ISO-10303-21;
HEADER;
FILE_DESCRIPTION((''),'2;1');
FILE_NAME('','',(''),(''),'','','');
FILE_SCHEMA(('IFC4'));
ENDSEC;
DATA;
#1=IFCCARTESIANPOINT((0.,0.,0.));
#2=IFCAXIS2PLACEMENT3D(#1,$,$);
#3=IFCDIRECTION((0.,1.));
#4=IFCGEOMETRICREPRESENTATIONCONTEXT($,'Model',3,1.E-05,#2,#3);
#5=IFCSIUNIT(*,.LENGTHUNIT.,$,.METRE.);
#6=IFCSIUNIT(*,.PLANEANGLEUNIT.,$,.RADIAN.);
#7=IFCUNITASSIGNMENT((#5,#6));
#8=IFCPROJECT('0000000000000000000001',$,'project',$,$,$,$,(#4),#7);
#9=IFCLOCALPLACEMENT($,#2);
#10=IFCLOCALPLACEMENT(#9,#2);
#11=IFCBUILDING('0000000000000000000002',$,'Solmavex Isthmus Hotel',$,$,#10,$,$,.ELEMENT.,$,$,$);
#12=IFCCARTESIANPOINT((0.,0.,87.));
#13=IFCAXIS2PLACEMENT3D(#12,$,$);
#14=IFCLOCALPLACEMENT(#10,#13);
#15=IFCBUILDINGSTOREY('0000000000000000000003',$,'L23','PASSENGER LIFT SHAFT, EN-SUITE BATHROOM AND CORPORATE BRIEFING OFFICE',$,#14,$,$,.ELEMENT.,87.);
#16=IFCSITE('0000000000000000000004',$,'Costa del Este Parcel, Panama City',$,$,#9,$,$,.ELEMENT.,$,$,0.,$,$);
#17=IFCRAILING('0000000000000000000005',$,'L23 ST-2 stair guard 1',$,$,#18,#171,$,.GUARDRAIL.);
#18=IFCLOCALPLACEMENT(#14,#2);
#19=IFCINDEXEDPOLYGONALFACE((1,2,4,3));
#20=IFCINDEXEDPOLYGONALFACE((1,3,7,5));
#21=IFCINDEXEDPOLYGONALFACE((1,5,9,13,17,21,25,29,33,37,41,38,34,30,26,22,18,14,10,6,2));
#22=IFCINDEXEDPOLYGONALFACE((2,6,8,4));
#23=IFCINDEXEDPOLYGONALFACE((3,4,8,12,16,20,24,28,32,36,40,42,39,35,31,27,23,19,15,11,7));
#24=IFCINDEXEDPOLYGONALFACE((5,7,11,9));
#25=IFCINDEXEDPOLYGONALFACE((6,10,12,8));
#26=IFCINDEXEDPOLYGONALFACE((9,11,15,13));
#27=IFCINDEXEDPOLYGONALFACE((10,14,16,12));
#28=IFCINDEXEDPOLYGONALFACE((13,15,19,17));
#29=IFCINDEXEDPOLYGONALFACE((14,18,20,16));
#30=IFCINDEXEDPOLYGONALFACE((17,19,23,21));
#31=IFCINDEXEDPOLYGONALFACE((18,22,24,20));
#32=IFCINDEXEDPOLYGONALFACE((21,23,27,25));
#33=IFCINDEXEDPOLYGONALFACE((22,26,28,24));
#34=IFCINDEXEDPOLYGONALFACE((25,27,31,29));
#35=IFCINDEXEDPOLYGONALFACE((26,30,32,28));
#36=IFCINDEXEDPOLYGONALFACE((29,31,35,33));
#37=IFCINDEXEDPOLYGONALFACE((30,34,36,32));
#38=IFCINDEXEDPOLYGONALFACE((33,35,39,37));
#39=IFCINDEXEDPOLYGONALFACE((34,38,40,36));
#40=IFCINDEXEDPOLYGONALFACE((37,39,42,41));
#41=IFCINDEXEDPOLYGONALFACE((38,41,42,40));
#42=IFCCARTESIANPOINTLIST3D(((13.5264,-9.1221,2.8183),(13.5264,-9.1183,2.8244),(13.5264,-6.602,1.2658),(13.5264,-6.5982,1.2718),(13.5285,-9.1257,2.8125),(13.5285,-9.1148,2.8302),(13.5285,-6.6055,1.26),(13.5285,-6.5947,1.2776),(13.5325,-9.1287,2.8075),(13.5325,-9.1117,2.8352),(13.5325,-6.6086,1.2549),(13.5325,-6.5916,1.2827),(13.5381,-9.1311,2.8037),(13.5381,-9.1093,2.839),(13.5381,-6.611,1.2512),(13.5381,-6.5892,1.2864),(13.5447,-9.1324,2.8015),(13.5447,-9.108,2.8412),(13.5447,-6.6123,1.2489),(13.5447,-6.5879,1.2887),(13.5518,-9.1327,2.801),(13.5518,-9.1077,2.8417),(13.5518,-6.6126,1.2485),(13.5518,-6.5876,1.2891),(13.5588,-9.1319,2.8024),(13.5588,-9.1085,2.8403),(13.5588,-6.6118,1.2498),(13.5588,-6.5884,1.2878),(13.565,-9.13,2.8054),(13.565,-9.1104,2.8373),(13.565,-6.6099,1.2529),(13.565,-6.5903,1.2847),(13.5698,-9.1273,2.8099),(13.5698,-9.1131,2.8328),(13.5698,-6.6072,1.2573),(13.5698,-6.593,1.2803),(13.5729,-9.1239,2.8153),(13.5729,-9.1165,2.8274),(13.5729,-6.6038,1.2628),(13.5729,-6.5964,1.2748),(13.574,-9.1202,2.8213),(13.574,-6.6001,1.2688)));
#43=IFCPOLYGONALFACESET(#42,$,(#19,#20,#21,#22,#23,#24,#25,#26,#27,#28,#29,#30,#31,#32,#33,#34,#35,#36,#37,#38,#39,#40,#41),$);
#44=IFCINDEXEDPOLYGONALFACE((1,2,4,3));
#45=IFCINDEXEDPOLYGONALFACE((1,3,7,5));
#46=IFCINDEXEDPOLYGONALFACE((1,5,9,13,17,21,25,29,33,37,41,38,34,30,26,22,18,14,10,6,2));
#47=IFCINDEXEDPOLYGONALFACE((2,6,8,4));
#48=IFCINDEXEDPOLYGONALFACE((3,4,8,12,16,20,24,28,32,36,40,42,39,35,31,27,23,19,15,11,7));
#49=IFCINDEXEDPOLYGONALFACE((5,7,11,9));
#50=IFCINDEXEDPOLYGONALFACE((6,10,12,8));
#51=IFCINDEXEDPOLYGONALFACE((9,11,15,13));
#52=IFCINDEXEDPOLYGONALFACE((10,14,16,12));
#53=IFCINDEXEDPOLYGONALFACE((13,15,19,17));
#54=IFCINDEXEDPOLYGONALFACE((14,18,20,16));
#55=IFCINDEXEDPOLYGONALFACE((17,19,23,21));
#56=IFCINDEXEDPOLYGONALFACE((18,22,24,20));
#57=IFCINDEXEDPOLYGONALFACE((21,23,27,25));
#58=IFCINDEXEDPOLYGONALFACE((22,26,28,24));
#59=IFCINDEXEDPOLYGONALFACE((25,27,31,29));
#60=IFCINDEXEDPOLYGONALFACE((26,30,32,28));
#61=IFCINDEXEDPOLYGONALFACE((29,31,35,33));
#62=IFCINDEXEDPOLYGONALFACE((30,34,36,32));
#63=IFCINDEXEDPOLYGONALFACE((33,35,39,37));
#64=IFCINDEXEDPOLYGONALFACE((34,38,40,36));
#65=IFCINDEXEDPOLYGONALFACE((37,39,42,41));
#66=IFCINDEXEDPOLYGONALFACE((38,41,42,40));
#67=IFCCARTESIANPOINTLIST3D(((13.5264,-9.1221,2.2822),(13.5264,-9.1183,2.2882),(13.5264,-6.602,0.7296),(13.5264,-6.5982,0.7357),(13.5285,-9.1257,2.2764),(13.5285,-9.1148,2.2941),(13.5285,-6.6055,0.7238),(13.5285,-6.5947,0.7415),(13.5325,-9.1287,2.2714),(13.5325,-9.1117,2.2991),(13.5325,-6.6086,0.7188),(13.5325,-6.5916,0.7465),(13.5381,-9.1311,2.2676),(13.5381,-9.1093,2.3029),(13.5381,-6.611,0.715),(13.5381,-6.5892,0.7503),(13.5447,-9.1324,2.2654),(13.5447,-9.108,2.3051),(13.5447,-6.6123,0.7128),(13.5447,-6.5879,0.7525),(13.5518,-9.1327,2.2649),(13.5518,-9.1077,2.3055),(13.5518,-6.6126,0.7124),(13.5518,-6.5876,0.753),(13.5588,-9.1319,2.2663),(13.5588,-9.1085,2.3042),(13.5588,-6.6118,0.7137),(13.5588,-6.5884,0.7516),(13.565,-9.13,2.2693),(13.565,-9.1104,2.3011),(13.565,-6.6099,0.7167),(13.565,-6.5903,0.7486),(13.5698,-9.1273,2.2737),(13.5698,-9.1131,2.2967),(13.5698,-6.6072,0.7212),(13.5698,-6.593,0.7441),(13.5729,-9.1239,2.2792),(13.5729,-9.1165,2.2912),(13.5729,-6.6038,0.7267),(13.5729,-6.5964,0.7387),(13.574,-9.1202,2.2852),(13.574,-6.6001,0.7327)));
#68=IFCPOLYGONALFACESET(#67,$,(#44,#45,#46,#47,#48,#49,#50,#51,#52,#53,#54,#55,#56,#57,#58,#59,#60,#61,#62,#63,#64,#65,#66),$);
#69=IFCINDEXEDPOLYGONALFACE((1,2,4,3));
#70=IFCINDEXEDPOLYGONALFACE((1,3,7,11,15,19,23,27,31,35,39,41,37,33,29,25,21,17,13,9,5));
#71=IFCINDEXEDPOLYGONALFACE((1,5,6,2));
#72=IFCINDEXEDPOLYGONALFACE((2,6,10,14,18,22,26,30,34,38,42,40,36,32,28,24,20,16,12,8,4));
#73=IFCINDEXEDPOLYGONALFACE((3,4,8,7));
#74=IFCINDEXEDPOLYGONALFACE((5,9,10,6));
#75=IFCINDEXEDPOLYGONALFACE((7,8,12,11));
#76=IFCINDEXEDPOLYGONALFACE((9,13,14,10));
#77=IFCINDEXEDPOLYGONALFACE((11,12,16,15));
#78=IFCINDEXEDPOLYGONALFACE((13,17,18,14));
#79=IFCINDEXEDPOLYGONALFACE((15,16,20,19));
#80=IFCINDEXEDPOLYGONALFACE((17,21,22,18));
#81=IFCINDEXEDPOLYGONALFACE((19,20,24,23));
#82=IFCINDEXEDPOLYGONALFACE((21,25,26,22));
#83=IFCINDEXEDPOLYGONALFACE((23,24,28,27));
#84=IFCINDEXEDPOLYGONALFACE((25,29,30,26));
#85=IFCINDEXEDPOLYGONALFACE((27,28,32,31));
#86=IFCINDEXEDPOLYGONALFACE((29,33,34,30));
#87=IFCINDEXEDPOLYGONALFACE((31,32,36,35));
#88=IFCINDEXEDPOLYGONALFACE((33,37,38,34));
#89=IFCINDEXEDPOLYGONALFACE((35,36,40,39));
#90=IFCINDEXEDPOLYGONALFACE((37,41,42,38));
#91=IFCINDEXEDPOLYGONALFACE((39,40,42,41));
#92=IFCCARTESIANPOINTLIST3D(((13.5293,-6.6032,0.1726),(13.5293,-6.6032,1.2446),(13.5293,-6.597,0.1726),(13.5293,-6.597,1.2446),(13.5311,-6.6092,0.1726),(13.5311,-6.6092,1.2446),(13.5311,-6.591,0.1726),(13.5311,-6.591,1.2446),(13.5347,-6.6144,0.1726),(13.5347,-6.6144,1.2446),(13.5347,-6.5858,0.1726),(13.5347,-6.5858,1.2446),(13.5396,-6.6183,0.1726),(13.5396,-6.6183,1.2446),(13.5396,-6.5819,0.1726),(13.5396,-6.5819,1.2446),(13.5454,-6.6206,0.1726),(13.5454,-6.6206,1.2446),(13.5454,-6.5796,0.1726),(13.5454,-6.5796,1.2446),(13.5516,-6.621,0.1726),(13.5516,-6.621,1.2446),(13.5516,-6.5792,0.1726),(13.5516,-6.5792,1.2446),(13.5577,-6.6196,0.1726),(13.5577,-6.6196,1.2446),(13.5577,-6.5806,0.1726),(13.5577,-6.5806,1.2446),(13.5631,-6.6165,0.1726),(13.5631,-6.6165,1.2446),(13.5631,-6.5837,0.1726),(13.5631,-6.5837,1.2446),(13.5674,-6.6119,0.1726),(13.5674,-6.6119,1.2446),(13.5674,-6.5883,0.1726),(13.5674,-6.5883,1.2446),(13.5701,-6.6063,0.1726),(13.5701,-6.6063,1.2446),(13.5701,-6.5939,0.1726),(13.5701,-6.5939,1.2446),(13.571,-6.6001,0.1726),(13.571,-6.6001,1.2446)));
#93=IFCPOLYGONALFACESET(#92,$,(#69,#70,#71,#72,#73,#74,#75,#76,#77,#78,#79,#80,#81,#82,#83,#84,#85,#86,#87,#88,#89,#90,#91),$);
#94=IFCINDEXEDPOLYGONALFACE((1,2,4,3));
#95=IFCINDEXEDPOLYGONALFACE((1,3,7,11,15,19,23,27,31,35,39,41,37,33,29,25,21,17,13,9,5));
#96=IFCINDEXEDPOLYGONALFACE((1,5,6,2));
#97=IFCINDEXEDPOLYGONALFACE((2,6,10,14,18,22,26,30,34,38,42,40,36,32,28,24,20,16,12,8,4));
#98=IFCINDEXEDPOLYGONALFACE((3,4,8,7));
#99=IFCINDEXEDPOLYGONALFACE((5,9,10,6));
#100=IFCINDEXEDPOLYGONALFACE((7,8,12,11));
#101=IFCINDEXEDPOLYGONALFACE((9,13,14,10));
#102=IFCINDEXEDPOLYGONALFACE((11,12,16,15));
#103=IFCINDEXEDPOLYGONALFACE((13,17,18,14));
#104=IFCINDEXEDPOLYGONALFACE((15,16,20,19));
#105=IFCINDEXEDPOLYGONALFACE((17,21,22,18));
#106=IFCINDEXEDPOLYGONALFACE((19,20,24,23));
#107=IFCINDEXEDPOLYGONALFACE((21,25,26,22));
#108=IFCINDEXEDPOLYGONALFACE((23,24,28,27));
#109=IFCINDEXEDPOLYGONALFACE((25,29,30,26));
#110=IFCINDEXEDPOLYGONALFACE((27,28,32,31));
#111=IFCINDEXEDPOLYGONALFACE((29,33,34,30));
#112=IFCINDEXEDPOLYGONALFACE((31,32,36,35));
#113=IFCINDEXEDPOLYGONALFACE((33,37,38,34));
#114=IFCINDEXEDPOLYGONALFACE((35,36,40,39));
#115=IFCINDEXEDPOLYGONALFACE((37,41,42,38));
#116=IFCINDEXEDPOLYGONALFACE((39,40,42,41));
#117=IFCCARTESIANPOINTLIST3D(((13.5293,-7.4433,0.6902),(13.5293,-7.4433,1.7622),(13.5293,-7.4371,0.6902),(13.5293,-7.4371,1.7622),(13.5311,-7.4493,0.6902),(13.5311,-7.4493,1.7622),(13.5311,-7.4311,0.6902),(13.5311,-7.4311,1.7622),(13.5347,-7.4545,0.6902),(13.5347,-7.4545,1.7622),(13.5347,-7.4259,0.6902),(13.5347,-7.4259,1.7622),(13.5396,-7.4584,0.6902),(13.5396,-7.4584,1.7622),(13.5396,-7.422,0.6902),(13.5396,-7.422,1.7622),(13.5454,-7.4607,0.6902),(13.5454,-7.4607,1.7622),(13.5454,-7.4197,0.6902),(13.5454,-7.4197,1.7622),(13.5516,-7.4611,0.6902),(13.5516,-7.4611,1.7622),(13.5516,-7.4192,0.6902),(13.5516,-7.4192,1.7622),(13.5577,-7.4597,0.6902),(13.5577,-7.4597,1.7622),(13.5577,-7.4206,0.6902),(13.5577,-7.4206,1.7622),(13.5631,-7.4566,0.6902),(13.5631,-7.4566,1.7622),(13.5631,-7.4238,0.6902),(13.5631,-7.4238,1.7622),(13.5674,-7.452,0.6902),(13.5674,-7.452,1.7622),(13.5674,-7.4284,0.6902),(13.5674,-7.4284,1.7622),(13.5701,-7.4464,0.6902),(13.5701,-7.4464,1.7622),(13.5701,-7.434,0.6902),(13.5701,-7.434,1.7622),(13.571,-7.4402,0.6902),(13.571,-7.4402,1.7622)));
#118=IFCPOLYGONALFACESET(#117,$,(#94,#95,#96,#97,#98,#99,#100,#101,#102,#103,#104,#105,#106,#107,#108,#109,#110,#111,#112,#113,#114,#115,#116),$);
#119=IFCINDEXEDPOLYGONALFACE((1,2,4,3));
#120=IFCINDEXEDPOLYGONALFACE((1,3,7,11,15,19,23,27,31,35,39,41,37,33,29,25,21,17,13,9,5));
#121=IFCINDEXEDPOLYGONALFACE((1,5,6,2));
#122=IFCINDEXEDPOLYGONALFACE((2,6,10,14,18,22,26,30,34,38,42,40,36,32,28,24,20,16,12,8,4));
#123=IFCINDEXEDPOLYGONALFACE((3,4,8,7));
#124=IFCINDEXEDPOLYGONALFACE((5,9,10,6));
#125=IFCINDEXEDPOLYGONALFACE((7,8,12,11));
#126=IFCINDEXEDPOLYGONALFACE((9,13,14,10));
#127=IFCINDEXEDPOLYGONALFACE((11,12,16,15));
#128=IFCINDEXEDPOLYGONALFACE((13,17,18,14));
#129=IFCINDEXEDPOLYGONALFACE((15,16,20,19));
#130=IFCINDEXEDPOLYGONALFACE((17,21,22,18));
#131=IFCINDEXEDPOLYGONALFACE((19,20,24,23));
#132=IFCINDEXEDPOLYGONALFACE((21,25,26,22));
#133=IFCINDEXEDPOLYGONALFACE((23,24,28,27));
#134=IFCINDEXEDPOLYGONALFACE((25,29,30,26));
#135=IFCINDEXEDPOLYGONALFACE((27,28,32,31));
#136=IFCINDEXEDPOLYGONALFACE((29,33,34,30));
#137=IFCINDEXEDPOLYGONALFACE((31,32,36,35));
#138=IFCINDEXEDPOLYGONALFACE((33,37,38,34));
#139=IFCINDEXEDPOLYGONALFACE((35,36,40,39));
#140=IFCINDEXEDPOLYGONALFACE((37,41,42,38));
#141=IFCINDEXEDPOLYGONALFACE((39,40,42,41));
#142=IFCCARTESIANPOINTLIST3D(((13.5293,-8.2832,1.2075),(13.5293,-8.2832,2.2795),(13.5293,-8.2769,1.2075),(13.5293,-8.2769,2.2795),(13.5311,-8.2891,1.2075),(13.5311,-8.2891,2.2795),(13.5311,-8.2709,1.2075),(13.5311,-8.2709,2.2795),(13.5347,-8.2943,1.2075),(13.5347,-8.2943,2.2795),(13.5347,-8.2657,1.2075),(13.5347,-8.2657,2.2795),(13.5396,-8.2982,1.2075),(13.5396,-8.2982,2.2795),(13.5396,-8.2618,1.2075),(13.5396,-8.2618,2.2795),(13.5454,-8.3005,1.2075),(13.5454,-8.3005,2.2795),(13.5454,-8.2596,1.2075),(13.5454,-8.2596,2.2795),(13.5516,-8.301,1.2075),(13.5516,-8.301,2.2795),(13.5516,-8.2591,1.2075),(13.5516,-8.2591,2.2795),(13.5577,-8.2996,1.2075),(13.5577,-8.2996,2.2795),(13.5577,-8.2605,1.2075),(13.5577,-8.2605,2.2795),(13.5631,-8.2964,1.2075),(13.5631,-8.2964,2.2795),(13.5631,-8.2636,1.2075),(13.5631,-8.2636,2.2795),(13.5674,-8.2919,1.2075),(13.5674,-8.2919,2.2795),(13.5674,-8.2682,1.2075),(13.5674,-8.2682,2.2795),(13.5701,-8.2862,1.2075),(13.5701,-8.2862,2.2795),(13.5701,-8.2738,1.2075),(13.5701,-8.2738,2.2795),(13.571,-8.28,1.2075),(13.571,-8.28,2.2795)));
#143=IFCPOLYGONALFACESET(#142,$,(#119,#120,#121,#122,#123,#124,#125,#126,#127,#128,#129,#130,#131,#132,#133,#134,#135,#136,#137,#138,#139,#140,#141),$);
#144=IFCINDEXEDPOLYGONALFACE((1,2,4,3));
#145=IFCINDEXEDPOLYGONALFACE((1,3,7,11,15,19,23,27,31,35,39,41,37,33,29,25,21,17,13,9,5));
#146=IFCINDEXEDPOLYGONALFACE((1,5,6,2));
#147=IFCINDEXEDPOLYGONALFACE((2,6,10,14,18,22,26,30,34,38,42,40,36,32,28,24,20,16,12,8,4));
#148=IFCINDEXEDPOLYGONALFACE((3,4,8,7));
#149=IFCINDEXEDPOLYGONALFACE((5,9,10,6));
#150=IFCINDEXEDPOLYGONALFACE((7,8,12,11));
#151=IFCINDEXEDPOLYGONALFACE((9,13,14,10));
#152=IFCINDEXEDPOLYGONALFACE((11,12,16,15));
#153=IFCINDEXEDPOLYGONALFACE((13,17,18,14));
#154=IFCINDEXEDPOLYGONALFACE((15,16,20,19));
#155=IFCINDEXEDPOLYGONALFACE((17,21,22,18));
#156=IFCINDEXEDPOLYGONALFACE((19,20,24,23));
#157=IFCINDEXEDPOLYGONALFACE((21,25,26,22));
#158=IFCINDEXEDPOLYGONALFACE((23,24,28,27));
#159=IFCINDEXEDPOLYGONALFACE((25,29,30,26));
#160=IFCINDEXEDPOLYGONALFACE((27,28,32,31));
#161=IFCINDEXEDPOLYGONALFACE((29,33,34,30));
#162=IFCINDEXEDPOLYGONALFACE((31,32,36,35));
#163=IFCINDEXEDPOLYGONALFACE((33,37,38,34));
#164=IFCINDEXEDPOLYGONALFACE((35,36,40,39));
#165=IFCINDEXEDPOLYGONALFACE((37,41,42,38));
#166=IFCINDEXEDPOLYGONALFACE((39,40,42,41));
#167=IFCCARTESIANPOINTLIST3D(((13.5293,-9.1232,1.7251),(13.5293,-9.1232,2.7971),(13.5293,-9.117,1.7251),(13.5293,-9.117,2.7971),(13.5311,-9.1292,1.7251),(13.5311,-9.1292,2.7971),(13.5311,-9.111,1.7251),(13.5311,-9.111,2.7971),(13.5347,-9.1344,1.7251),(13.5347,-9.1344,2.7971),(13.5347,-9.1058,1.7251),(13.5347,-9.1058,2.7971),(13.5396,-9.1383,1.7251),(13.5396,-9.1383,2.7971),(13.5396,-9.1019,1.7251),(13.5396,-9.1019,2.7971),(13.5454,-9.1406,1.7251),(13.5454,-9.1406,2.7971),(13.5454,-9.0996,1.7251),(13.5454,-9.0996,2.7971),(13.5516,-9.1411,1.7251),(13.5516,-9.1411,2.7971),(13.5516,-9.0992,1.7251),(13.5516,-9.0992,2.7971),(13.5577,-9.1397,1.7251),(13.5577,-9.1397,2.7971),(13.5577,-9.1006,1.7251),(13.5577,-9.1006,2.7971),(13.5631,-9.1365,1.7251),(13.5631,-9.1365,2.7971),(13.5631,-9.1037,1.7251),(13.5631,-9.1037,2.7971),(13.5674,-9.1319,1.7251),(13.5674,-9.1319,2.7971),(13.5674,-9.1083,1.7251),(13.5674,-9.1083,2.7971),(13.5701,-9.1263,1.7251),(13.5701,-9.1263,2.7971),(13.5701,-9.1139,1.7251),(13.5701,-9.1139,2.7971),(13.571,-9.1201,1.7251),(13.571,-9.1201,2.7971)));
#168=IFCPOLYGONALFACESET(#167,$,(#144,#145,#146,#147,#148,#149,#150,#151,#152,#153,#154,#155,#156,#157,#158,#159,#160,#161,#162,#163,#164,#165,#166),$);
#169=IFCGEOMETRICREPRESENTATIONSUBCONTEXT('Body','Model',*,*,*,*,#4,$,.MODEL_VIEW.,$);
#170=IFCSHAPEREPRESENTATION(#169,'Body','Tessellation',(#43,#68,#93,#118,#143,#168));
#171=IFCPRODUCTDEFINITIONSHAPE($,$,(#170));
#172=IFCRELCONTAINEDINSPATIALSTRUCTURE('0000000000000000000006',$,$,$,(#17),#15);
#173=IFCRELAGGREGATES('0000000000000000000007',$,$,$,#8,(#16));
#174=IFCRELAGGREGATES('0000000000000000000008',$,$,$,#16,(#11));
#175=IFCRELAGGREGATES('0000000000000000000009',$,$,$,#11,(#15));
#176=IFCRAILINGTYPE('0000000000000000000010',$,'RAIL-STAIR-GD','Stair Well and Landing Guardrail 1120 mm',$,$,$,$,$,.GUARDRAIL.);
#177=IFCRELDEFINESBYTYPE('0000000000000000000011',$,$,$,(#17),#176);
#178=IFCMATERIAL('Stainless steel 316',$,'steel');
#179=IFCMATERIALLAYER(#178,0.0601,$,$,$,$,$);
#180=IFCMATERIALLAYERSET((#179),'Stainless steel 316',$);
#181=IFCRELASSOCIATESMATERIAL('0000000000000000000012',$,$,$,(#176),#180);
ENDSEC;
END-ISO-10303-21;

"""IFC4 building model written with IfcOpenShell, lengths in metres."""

from ifc_helpers import new_model, si_unit, direction, frame, origin, origin_2d, place, context, subcontext, project, spatial, circle, extrude, material, layer, layer_set, type_object, element, save


model = new_model("IFC4")

# Units and contexts
model_context = context("Model", 3, precision=1e-05, world=origin(), true_north=direction((0.0, 1.0)))
body_context = subcontext(model_context, "Body", "Model", "MODEL_VIEW")
ifc_project = project(units=[si_unit("LENGTHUNIT", "METRE"), si_unit("PLANEANGLEUNIT", "RADIAN")], contexts=[model_context])

# Site, building, storey
site_placement = place(None, origin())
site = spatial("IfcSite", under=ifc_project, at=site_placement, Name="Costa del Este Parcel, Panama City", CompositionType="ELEMENT", RefElevation=0.0)
building_placement = place(site_placement, origin())
building = spatial("IfcBuilding", under=site, at=building_placement, Name="Solmavex Isthmus Hotel", CompositionType="ELEMENT")
storey_placement = place(building_placement, frame((0.0, 0.0, 87.0)))
storey = spatial("IfcBuildingStorey", under=building, at=storey_placement, Name="L23", Description="PASSENGER LIFT SHAFT, EN-SUITE BATHROOM AND CORPORATE BRIEFING OFFICE", CompositionType="ELEMENT", Elevation=87.0)

# Railing
ifc_material_1 = material(Name="Stainless steel 316", Category="steel")
ifc_layer_1 = layer(ifc_material_1, 0.0601)
ifc_layer_set_1 = layer_set([ifc_layer_1], Name="Stainless steel 316")
railing_type_1 = type_object("IfcRailingType", Name="RAIL-STAIR-GD", Description="Stair Well and Landing Guardrail 1120 mm", PredefinedType="GUARDRAIL", material=ifc_layer_set_1)
railing_1_placement = place(storey_placement, frame((13.55, -6.6001, 0.1726)))
element("IfcRailing", 1, at=railing_1_placement, inside=storey, type_object=railing_type_1, Name="L23 ST-2 stair guard 1", PredefinedType="GUARDRAIL", context=body_context, shape_type="SweptSolid", body=[
    extrude(circle(Radius=0.0239, at=origin_2d()), frame((0.0, 0.0, 1.0962), z_axis=(0.0, -0.8514, 0.524516), x_axis=(1.0, 0.0, 0.0)), (0.0, 0.0, 1.0), 2.96),
    extrude(circle(Radius=0.0239, at=origin_2d()), frame((0.0, 0.0, 0.5601), z_axis=(0.0, -0.8514, 0.524516), x_axis=(1.0, 0.0, 0.0)), (0.0, 0.0, 1.0), 2.96),
    extrude(circle(Radius=0.021, at=origin_2d()), origin(), (0.0, 0.0, 1.0), 1.072),
    extrude(circle(Radius=0.021, at=origin_2d()), frame((0.0, -0.8401, 0.5176)), (0.0, 0.0, 1.0), 1.072),
    extrude(circle(Radius=0.021, at=origin_2d()), frame((0.0, -1.6799, 1.0349)), (0.0, 0.0, 1.0), 1.072),
    extrude(circle(Radius=0.021, at=origin_2d()), frame((0.0, -2.52, 1.5525)), (0.0, 0.0, 1.0), 1.072),
])

save(model, "model.ifc")
